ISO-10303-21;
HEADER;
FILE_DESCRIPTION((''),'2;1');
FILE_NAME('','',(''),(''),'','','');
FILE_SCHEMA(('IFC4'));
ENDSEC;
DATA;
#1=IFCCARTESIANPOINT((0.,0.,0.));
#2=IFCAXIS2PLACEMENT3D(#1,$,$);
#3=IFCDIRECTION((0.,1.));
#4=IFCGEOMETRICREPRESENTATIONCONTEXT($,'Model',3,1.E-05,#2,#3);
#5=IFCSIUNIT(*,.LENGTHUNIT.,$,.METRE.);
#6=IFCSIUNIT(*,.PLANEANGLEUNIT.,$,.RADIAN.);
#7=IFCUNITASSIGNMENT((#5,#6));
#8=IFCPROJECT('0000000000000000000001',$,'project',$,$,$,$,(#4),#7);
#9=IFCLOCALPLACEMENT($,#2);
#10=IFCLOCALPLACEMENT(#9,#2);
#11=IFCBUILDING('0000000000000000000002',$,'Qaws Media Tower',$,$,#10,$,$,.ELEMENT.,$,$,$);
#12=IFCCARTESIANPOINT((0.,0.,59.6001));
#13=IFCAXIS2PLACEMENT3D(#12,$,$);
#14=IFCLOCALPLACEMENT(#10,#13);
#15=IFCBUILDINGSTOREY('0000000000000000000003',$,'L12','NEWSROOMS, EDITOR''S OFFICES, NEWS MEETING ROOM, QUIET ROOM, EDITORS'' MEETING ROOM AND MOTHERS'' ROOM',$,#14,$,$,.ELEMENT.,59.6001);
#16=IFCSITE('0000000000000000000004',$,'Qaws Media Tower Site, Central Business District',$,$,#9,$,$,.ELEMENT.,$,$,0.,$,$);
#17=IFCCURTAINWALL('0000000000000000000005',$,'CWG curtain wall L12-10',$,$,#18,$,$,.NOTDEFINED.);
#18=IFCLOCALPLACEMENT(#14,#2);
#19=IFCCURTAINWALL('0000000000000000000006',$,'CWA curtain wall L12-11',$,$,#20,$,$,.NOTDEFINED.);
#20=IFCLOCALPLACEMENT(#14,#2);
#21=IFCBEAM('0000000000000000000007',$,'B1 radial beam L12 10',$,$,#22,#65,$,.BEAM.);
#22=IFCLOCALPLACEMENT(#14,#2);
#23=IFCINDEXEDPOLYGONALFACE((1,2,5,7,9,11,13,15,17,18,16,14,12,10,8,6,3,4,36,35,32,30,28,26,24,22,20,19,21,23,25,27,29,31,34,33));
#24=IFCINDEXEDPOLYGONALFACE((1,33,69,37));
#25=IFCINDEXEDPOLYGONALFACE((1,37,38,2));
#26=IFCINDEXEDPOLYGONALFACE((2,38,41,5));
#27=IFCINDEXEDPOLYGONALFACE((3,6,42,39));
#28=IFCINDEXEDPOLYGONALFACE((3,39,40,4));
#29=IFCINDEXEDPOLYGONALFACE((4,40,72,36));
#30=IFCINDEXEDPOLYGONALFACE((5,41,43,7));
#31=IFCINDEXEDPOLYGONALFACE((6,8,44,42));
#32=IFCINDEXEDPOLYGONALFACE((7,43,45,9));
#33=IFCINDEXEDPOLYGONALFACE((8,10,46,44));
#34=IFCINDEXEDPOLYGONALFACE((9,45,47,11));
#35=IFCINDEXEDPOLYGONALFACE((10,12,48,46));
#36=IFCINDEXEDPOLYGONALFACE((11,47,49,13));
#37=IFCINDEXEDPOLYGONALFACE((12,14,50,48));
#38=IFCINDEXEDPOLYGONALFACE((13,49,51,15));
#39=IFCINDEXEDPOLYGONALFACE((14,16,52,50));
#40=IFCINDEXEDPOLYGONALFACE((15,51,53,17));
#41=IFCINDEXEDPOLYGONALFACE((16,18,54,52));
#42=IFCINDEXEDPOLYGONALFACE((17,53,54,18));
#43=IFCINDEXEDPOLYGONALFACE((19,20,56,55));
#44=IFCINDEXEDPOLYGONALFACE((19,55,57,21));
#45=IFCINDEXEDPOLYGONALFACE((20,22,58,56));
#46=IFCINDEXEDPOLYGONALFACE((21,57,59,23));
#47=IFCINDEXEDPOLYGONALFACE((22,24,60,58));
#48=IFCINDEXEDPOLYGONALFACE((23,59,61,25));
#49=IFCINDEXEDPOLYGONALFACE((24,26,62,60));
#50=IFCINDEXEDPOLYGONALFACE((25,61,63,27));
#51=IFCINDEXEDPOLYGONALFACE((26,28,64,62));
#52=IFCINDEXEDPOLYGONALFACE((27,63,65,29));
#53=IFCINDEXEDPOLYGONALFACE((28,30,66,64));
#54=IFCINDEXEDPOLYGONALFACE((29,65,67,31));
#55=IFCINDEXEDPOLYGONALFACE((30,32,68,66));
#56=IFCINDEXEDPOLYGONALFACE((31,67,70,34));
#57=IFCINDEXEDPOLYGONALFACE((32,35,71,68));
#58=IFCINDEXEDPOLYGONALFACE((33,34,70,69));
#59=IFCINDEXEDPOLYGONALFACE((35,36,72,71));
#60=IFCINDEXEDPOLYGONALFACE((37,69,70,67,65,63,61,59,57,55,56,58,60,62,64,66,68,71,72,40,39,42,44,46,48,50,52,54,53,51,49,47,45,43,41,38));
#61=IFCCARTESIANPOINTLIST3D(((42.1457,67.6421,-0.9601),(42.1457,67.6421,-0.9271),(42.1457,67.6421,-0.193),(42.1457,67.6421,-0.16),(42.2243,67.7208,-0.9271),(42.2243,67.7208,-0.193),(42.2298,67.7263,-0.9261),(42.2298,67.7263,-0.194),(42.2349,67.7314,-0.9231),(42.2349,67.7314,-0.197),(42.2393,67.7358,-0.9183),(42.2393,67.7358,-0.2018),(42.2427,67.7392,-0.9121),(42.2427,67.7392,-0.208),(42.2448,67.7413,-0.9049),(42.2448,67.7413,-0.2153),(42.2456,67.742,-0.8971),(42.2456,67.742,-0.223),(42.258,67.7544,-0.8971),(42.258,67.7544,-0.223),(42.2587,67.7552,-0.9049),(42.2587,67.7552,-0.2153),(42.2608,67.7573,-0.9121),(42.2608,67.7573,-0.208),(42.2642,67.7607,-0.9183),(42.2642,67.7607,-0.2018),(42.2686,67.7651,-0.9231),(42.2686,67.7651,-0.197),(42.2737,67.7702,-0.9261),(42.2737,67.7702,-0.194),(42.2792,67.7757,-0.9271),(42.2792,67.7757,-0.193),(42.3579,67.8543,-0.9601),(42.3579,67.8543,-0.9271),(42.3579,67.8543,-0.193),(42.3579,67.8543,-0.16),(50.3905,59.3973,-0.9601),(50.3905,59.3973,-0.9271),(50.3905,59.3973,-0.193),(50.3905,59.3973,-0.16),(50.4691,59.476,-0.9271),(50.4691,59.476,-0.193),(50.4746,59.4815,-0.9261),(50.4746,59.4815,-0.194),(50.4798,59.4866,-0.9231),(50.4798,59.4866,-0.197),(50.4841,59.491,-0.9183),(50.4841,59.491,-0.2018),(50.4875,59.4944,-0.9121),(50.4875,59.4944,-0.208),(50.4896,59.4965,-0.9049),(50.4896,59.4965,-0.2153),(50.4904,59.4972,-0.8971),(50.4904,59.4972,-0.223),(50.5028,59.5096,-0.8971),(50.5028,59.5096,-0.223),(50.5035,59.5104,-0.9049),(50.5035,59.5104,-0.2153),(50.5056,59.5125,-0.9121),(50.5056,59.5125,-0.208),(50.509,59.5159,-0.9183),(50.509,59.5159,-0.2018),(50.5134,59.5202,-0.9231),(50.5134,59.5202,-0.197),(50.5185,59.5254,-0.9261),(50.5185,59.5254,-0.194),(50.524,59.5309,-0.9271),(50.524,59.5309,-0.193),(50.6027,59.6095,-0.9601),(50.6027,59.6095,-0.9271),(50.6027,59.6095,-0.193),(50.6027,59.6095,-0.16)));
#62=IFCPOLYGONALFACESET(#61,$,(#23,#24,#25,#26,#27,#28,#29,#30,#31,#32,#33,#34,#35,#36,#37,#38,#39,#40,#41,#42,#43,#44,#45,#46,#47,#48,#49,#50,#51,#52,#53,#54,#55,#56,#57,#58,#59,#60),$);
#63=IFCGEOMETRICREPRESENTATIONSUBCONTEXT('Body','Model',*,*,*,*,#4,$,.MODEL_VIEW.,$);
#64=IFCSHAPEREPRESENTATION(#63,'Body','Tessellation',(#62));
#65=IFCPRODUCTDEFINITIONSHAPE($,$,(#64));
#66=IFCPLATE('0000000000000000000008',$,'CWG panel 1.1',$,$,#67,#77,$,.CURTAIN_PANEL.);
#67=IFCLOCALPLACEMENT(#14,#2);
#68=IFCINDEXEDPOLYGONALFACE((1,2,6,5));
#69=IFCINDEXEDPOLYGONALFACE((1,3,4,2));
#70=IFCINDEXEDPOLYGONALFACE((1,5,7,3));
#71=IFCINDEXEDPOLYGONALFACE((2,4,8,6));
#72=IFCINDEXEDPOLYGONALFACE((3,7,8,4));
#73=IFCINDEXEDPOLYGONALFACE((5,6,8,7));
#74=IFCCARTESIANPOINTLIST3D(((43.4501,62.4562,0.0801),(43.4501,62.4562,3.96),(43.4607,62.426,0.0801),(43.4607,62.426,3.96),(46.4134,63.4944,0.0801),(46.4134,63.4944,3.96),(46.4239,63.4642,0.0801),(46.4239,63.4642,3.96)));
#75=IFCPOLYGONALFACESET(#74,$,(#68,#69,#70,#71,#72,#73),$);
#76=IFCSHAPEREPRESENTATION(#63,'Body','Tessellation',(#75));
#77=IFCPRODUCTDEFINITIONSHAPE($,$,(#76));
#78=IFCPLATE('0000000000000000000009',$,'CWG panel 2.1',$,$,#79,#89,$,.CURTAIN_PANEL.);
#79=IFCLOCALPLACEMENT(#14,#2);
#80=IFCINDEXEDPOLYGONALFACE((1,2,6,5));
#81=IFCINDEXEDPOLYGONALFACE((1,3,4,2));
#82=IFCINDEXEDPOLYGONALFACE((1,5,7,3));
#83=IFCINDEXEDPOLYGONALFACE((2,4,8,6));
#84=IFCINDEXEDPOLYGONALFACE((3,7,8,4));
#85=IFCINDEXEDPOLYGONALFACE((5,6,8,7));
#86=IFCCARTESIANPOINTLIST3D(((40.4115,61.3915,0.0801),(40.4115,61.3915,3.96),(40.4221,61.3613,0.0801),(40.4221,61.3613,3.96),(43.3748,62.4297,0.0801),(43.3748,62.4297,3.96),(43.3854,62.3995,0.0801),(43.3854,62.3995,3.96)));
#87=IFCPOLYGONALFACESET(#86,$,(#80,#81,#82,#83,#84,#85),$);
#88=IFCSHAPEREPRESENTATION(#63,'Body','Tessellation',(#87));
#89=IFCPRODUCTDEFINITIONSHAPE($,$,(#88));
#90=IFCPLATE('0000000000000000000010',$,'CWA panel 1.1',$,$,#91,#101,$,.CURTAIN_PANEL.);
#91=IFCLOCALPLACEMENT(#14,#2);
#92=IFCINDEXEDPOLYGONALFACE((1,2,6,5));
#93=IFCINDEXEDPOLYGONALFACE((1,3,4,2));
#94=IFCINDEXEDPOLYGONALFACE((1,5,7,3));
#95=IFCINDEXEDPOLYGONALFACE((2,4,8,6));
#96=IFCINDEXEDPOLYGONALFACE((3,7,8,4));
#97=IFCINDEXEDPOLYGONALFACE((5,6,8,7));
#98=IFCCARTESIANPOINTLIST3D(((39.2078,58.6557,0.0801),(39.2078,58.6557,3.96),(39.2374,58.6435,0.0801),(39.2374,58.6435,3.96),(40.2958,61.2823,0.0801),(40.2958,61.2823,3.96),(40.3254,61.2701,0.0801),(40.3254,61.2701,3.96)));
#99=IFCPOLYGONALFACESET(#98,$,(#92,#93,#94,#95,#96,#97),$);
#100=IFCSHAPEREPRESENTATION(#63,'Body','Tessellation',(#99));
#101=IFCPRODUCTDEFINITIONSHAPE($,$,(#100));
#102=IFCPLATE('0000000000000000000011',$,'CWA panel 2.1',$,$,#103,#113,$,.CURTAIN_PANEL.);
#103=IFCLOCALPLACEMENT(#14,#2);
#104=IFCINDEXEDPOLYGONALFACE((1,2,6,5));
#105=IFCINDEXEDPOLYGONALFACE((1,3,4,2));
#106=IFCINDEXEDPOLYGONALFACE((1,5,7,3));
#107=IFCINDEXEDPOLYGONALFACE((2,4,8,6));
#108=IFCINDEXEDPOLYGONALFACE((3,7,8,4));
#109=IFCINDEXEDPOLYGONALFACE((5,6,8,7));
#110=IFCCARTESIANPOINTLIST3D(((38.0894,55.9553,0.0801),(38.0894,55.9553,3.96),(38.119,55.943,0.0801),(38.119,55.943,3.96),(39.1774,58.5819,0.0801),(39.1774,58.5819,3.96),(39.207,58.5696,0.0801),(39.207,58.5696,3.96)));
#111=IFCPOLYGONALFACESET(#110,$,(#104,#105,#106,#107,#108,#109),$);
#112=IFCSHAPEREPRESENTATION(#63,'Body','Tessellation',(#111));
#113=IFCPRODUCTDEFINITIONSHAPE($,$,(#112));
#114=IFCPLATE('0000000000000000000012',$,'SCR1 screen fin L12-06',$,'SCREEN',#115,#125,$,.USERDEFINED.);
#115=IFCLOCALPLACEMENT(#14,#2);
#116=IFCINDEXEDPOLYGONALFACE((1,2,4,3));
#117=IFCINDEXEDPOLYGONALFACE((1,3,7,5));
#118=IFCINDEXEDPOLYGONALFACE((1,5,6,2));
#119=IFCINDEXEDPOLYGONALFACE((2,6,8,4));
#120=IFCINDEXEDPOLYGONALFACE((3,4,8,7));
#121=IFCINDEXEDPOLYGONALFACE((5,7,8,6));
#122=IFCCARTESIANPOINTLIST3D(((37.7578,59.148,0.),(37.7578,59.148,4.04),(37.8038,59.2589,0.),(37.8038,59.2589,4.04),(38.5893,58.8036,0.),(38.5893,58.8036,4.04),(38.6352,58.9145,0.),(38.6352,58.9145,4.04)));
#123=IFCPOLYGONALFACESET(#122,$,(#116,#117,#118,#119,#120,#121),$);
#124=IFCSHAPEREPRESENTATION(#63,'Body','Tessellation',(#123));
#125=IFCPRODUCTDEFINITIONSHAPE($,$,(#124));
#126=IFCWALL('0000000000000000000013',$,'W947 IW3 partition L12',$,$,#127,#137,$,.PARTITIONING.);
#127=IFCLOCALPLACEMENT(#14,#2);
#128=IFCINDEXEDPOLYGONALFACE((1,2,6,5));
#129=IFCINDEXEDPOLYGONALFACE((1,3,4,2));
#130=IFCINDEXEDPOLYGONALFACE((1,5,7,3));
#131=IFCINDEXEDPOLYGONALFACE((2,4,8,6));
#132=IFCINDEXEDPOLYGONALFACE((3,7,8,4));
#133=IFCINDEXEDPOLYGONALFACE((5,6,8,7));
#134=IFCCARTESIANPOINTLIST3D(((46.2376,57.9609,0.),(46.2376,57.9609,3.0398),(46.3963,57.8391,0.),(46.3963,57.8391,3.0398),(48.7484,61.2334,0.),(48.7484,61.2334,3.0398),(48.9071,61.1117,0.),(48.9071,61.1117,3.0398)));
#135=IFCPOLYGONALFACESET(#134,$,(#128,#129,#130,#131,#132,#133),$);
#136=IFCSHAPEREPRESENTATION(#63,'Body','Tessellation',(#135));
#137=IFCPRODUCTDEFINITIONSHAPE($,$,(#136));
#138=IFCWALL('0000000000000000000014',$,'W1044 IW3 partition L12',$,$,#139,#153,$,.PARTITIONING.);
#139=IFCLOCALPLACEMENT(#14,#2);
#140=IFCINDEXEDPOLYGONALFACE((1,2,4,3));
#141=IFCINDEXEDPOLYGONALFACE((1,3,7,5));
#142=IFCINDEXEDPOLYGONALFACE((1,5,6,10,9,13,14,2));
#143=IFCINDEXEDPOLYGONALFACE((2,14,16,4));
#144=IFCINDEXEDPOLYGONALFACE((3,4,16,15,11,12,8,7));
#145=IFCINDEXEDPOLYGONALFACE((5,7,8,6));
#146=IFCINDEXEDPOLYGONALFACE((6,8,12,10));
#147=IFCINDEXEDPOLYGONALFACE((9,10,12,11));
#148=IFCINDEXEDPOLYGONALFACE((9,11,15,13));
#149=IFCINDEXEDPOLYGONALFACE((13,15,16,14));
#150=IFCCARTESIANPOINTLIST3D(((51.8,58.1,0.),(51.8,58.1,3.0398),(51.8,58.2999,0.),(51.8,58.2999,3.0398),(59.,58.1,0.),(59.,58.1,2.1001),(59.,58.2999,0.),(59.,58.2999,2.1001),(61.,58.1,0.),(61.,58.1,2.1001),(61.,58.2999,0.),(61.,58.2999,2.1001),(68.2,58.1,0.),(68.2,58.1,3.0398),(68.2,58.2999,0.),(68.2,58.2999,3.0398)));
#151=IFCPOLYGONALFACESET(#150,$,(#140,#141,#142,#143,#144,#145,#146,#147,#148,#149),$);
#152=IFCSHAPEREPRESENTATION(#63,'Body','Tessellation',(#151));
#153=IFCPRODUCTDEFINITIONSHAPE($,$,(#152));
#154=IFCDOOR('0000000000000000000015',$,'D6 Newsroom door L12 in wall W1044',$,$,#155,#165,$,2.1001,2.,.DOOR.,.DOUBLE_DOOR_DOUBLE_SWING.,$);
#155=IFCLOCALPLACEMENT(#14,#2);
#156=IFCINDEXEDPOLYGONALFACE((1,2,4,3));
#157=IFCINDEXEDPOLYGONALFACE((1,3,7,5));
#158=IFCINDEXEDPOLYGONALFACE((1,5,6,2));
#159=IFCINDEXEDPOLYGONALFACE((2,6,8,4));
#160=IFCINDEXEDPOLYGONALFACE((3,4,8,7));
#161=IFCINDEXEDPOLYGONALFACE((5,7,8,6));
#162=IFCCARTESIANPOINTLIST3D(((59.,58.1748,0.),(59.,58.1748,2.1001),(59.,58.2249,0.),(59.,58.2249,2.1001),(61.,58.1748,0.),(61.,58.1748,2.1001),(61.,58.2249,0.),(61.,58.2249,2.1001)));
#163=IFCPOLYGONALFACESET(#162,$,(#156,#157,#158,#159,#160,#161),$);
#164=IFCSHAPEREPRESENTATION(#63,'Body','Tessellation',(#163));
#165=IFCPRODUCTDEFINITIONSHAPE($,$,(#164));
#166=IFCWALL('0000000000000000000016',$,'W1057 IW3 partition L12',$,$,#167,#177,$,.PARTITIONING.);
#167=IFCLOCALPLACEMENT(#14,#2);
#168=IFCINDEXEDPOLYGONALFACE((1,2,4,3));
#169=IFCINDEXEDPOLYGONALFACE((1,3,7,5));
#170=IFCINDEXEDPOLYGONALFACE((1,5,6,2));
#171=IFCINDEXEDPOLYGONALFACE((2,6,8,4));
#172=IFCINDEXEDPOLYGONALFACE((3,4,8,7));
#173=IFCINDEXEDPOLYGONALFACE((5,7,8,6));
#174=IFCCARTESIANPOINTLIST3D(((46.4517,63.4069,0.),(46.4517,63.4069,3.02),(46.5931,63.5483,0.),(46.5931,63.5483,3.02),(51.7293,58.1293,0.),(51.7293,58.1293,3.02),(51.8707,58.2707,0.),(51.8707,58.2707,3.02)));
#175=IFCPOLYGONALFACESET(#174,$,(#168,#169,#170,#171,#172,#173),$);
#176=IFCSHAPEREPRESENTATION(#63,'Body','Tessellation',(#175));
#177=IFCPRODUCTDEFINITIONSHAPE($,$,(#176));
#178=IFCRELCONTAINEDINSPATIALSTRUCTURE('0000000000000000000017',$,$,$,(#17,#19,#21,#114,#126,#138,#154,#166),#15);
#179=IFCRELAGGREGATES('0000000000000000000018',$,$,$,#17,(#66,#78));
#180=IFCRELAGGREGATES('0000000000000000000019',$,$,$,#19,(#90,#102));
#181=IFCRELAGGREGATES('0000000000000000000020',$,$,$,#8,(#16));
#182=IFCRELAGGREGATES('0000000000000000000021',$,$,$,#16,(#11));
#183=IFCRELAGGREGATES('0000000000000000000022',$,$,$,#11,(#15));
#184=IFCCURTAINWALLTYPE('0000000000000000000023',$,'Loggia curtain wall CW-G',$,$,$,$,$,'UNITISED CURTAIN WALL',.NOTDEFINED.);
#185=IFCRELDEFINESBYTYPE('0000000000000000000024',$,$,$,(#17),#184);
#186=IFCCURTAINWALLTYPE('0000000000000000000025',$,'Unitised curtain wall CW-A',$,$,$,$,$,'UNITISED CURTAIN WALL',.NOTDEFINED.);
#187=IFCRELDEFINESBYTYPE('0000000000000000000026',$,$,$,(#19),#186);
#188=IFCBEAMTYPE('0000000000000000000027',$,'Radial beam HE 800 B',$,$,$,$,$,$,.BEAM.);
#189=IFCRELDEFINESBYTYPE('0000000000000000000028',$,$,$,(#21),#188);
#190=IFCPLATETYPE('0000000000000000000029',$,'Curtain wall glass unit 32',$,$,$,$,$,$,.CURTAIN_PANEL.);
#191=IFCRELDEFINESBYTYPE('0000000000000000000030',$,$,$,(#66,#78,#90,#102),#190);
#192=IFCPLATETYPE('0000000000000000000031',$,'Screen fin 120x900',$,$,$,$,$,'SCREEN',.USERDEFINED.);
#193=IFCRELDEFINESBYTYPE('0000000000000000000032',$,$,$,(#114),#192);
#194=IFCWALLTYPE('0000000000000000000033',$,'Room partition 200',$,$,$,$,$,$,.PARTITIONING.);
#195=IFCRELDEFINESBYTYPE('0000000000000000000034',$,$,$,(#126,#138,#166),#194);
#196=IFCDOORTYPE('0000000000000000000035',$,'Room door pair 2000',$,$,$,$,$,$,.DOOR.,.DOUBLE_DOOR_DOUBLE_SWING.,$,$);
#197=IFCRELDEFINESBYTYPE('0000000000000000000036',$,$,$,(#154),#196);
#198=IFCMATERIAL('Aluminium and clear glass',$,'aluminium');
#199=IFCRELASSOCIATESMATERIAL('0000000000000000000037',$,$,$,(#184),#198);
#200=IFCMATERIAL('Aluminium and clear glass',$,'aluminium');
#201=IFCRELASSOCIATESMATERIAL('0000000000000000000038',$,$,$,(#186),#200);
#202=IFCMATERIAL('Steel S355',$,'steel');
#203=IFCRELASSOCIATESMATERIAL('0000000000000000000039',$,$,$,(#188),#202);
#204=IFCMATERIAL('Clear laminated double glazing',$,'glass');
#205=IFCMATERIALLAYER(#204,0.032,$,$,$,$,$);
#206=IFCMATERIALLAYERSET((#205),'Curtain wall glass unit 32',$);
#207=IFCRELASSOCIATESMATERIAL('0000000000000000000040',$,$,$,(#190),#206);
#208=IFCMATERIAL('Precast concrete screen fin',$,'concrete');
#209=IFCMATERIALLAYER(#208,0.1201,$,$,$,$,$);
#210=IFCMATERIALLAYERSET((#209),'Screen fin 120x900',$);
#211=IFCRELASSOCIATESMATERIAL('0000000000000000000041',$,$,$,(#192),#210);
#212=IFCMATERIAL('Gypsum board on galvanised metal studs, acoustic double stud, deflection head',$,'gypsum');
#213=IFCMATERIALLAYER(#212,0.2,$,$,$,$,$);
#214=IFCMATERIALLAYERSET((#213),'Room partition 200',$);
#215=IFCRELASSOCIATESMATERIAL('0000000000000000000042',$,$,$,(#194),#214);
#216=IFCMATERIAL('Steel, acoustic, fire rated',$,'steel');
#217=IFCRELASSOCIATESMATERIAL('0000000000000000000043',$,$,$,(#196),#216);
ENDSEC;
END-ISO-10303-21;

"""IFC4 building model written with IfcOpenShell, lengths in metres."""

from ifc_helpers import new_model, si_unit, direction, frame, frame_2d, origin, origin_2d, place, context, subcontext, project, spatial, rectangle, i_section, extrude, material, layer, layer_set, material_profile, profile_set, type_object, element, fill, aggregate, save


model = new_model("IFC4")

# Units and contexts
model_context = context("Model", 3, precision=1e-05, world=origin(), true_north=direction((0.0, 1.0)))
body_context = subcontext(model_context, "Body", "Model", "MODEL_VIEW")
ifc_project = project(units=[si_unit("LENGTHUNIT", "METRE"), si_unit("PLANEANGLEUNIT", "RADIAN")], contexts=[model_context])

# Site, building, storey
site_placement = place(None, origin())
site = spatial("IfcSite", under=ifc_project, at=site_placement, Name="Qaws Media Tower Site, Central Business District", CompositionType="ELEMENT", RefElevation=0.0)
building_placement = place(site_placement, origin())
building = spatial("IfcBuilding", under=site, at=building_placement, Name="Qaws Media Tower", CompositionType="ELEMENT")
storey_placement = place(building_placement, frame((0.0, 0.0, 59.6001)))
storey = spatial("IfcBuildingStorey", under=building, at=storey_placement, Name="L12", Description="NEWSROOMS, EDITOR'S OFFICES, NEWS MEETING ROOM, QUIET ROOM, EDITORS' MEETING ROOM AND MOTHERS' ROOM", CompositionType="ELEMENT", Elevation=59.6001)

# Shared definitions
ifc_material_1 = material(Name="Aluminium and clear glass", Category="aluminium")
curtain_wall_type_1 = type_object("IfcCurtainWallType", Name="Loggia curtain wall CW-G", ElementType="UNITISED CURTAIN WALL", PredefinedType="NOTDEFINED", material=ifc_material_1)

# Curtain walls
curtain_wall_1_placement = place(storey_placement, origin())
curtain_wall_1 = element("IfcCurtainWall", 1, at=curtain_wall_1_placement, inside=storey, type_object=curtain_wall_type_1, Name="CWG curtain wall L12-10", PredefinedType="NOTDEFINED")
ifc_material_2 = material(Name="Aluminium and clear glass", Category="aluminium")
curtain_wall_type_2 = type_object("IfcCurtainWallType", Name="Unitised curtain wall CW-A", ElementType="UNITISED CURTAIN WALL", PredefinedType="NOTDEFINED", material=ifc_material_2)
curtain_wall_2_placement = place(storey_placement, origin())
curtain_wall_2 = element("IfcCurtainWall", 2, at=curtain_wall_2_placement, inside=storey, type_object=curtain_wall_type_2, Name="CWA curtain wall L12-11", PredefinedType="NOTDEFINED")

# Beam
ifc_material_3 = material(Name="Steel S355", Category="steel")
ifc_material_profile_1 = material_profile(ifc_material_3, i_section(OverallWidth=0.3, OverallDepth=0.8, WebThickness=0.0176, FlangeThickness=0.033, FilletRadius=0.03, at=origin_2d()), Name="HE 800 B")
ifc_profile_set_1 = profile_set([ifc_material_profile_1], Name="Steel S355")
beam_type_1 = type_object("IfcBeamType", Name="Radial beam HE 800 B", PredefinedType="BEAM", material=ifc_profile_set_1)
beam_1_placement = place(storey_placement, frame((50.4966, 59.5034, -0.5601), z_axis=(-0.707107, 0.707107, 0.0), x_axis=(-0.707107, -0.707107, 0.0)))
element("IfcBeam", 3, at=beam_1_placement, inside=storey, type_object=beam_type_1, Name="B1 radial beam L12 10", PredefinedType="BEAM", context=body_context, shape_type="SweptSolid", body=[
    extrude(i_section(OverallWidth=0.3, OverallDepth=0.8, WebThickness=0.0176, FlangeThickness=0.033, FilletRadius=0.03, at=origin_2d()), origin(), (0.0, 0.0, 1.0), 11.6599),
])

# Plates
ifc_material_4 = material(Name="Clear laminated double glazing", Category="glass")
ifc_layer_1 = layer(ifc_material_4, 0.032)
ifc_layer_set_1 = layer_set([ifc_layer_1], Name="Curtain wall glass unit 32")
plate_type_1 = type_object("IfcPlateType", Name="Curtain wall glass unit 32", PredefinedType="CURTAIN_PANEL", material=ifc_layer_set_1)
plate_1_placement = place(storey_placement, frame((44.937, 62.9602, 0.0801), z_axis=(0.0, 0.0, 1.0), x_axis=(-0.943754, -0.330648, 0.0)))
plate_1 = element("IfcPlate", 4, at=plate_1_placement, type_object=plate_type_1, Name="CWG panel 1.1", PredefinedType="CURTAIN_PANEL", context=body_context, shape_type="SweptSolid", body=[
    extrude(rectangle(XDim=3.1399, YDim=0.032, at=origin_2d()), origin(), (0.0, 0.0, 1.0), 3.8799),
])
plate_2_placement = place(storey_placement, frame((41.8984, 61.8955, 0.0801), z_axis=(0.0, 0.0, 1.0), x_axis=(-0.943754, -0.330648, 0.0)))
plate_2 = element("IfcPlate", 5, at=plate_2_placement, type_object=plate_type_1, Name="CWG panel 2.1", PredefinedType="CURTAIN_PANEL", context=body_context, shape_type="SweptSolid", body=[
    extrude(rectangle(XDim=3.1399, YDim=0.032, at=origin_2d()), origin(), (0.0, 0.0, 1.0), 3.8799),
])
aggregate(curtain_wall_1, [plate_1, plate_2])
plate_3_placement = place(storey_placement, frame((39.7666, 59.9629, 0.0801), z_axis=(0.0, 0.0, 1.0), x_axis=(-0.382683, -0.92388, 0.0)))
plate_3 = element("IfcPlate", 6, at=plate_3_placement, type_object=plate_type_1, Name="CWA panel 1.1", PredefinedType="CURTAIN_PANEL", context=body_context, shape_type="SweptSolid", body=[
    extrude(rectangle(XDim=2.843, YDim=0.032, at=origin_2d()), origin(), (0.0, 0.0, 1.0), 3.8799),
])
plate_4_placement = place(storey_placement, frame((38.6482, 57.2625, 0.0801), z_axis=(0.0, 0.0, 1.0), x_axis=(-0.382683, -0.92388, 0.0)))
plate_4 = element("IfcPlate", 7, at=plate_4_placement, type_object=plate_type_1, Name="CWA panel 2.1", PredefinedType="CURTAIN_PANEL", context=body_context, shape_type="SweptSolid", body=[
    extrude(rectangle(XDim=2.843, YDim=0.032, at=origin_2d()), origin(), (0.0, 0.0, 1.0), 3.8799),
])
aggregate(curtain_wall_2, [plate_3, plate_4])
ifc_material_5 = material(Name="Precast concrete screen fin", Category="concrete")
ifc_layer_2 = layer(ifc_material_5, 0.1201)
ifc_layer_set_2 = layer_set([ifc_layer_2], Name="Screen fin 120x900")
plate_type_2 = type_object("IfcPlateType", Name="Screen fin 120x900", ElementType="SCREEN", PredefinedType="USERDEFINED", material=ifc_layer_set_2)
plate_5_placement = place(storey_placement, frame((38.1965, 59.0312, 0.0), z_axis=(0.0, 0.0, 1.0), x_axis=(-0.92388, 0.382683, 0.0)))
element("IfcPlate", 8, at=plate_5_placement, inside=storey, type_object=plate_type_2, Name="SCR1 screen fin L12-06", ObjectType="SCREEN", PredefinedType="USERDEFINED", context=body_context, shape_type="SweptSolid", body=[
    extrude(rectangle(XDim=0.8999, YDim=0.1201, at=origin_2d()), origin(), (0.0, 0.0, 1.0), 4.04),
])

# Wall
ifc_material_6 = material(Name="Gypsum board on galvanised metal studs, acoustic double stud, deflection head", Category="gypsum")
ifc_layer_3 = layer(ifc_material_6, 0.2)
ifc_layer_set_3 = layer_set([ifc_layer_3], Name="Room partition 200")
wall_type = type_object("IfcWallType", Name="Room partition 200", PredefinedType="PARTITIONING", material=ifc_layer_set_3)
wall_1_placement = place(storey_placement, frame((46.3169, 57.8999, 0.0), z_axis=(0.0, 0.0, 1.0), x_axis=(0.608715, 0.793389, 0.0)))
element("IfcWall", 9, at=wall_1_placement, inside=storey, type_object=wall_type, Name="W947 IW3 partition L12", PredefinedType="PARTITIONING", context=body_context, shape_type="SweptSolid", body=[
    extrude(rectangle(XDim=4.1248, YDim=0.2, at=frame_2d((2.0625, 0.0))), origin(), (0.0, 0.0, 1.0), 3.0398),
])

# Wall, opening, door
wall_2_placement = place(storey_placement, frame((51.8, 58.2, 0.0), z_axis=(0.0, 0.0, 1.0), x_axis=(1.0, 0.0, 0.0)))
wall_2 = element("IfcWall", 10, at=wall_2_placement, inside=storey, type_object=wall_type, Name="W1044 IW3 partition L12", PredefinedType="PARTITIONING", context=body_context, shape_type="SweptSolid", body=[
    extrude(rectangle(XDim=16.3999, YDim=0.2, at=frame_2d((8.2, 0.0))), origin(), (0.0, 0.0, 1.0), 3.0398),
])
opening_placement = place(wall_2_placement, frame((7.2, 0.0, 0.0)))
opening = element("IfcOpeningElement", 11, at=opening_placement, cuts=wall_2, PredefinedType="OPENING", context=body_context, shape_type="SweptSolid", body=[
    extrude(rectangle(XDim=2.0, YDim=2.1001, at=frame_2d((1.0, 1.05))), frame((0.0, 0.1099, 0.0), z_axis=(0.0, -1.0, 0.0), x_axis=(1.0, 0.0, 0.0)), (0.0, 0.0, 1.0), 0.22),
])
ifc_material_7 = material(Name="Steel, acoustic, fire rated", Category="steel")
door_type = type_object("IfcDoorType", Name="Room door pair 2000", OperationType="DOUBLE_DOOR_DOUBLE_SWING", PredefinedType="DOOR", material=ifc_material_7)
door_placement = place(opening_placement, origin())
door = element("IfcDoor", 12, at=door_placement, inside=storey, type_object=door_type, Name="D6 Newsroom door L12 in wall W1044", OperationType="DOUBLE_DOOR_DOUBLE_SWING", OverallHeight=2.1001, OverallWidth=2.0, PredefinedType="DOOR", context=body_context, shape_type="SweptSolid", body=[
    extrude(rectangle(XDim=2.0, YDim=2.1001, at=frame_2d((1.0, 1.05))), frame((0.0, 0.0249, 0.0), z_axis=(0.0, -1.0, 0.0), x_axis=(1.0, 0.0, 0.0)), (0.0, 0.0, 1.0), 0.05),
])
fill(opening, door)

# Wall
wall_3_placement = place(storey_placement, frame((51.8, 58.2, 0.0), z_axis=(0.0, 0.0, 1.0), x_axis=(-0.707107, 0.707107, 0.0)))
element("IfcWall", 13, at=wall_3_placement, inside=storey, type_object=wall_type, Name="W1057 IW3 partition L12", PredefinedType="PARTITIONING", context=body_context, shape_type="SweptSolid", body=[
    extrude(rectangle(XDim=7.4636, YDim=0.2, at=frame_2d((3.7319, 0.0))), origin(), (0.0, 0.0, 1.0), 3.02),
])

save(model, "model.ifc")
